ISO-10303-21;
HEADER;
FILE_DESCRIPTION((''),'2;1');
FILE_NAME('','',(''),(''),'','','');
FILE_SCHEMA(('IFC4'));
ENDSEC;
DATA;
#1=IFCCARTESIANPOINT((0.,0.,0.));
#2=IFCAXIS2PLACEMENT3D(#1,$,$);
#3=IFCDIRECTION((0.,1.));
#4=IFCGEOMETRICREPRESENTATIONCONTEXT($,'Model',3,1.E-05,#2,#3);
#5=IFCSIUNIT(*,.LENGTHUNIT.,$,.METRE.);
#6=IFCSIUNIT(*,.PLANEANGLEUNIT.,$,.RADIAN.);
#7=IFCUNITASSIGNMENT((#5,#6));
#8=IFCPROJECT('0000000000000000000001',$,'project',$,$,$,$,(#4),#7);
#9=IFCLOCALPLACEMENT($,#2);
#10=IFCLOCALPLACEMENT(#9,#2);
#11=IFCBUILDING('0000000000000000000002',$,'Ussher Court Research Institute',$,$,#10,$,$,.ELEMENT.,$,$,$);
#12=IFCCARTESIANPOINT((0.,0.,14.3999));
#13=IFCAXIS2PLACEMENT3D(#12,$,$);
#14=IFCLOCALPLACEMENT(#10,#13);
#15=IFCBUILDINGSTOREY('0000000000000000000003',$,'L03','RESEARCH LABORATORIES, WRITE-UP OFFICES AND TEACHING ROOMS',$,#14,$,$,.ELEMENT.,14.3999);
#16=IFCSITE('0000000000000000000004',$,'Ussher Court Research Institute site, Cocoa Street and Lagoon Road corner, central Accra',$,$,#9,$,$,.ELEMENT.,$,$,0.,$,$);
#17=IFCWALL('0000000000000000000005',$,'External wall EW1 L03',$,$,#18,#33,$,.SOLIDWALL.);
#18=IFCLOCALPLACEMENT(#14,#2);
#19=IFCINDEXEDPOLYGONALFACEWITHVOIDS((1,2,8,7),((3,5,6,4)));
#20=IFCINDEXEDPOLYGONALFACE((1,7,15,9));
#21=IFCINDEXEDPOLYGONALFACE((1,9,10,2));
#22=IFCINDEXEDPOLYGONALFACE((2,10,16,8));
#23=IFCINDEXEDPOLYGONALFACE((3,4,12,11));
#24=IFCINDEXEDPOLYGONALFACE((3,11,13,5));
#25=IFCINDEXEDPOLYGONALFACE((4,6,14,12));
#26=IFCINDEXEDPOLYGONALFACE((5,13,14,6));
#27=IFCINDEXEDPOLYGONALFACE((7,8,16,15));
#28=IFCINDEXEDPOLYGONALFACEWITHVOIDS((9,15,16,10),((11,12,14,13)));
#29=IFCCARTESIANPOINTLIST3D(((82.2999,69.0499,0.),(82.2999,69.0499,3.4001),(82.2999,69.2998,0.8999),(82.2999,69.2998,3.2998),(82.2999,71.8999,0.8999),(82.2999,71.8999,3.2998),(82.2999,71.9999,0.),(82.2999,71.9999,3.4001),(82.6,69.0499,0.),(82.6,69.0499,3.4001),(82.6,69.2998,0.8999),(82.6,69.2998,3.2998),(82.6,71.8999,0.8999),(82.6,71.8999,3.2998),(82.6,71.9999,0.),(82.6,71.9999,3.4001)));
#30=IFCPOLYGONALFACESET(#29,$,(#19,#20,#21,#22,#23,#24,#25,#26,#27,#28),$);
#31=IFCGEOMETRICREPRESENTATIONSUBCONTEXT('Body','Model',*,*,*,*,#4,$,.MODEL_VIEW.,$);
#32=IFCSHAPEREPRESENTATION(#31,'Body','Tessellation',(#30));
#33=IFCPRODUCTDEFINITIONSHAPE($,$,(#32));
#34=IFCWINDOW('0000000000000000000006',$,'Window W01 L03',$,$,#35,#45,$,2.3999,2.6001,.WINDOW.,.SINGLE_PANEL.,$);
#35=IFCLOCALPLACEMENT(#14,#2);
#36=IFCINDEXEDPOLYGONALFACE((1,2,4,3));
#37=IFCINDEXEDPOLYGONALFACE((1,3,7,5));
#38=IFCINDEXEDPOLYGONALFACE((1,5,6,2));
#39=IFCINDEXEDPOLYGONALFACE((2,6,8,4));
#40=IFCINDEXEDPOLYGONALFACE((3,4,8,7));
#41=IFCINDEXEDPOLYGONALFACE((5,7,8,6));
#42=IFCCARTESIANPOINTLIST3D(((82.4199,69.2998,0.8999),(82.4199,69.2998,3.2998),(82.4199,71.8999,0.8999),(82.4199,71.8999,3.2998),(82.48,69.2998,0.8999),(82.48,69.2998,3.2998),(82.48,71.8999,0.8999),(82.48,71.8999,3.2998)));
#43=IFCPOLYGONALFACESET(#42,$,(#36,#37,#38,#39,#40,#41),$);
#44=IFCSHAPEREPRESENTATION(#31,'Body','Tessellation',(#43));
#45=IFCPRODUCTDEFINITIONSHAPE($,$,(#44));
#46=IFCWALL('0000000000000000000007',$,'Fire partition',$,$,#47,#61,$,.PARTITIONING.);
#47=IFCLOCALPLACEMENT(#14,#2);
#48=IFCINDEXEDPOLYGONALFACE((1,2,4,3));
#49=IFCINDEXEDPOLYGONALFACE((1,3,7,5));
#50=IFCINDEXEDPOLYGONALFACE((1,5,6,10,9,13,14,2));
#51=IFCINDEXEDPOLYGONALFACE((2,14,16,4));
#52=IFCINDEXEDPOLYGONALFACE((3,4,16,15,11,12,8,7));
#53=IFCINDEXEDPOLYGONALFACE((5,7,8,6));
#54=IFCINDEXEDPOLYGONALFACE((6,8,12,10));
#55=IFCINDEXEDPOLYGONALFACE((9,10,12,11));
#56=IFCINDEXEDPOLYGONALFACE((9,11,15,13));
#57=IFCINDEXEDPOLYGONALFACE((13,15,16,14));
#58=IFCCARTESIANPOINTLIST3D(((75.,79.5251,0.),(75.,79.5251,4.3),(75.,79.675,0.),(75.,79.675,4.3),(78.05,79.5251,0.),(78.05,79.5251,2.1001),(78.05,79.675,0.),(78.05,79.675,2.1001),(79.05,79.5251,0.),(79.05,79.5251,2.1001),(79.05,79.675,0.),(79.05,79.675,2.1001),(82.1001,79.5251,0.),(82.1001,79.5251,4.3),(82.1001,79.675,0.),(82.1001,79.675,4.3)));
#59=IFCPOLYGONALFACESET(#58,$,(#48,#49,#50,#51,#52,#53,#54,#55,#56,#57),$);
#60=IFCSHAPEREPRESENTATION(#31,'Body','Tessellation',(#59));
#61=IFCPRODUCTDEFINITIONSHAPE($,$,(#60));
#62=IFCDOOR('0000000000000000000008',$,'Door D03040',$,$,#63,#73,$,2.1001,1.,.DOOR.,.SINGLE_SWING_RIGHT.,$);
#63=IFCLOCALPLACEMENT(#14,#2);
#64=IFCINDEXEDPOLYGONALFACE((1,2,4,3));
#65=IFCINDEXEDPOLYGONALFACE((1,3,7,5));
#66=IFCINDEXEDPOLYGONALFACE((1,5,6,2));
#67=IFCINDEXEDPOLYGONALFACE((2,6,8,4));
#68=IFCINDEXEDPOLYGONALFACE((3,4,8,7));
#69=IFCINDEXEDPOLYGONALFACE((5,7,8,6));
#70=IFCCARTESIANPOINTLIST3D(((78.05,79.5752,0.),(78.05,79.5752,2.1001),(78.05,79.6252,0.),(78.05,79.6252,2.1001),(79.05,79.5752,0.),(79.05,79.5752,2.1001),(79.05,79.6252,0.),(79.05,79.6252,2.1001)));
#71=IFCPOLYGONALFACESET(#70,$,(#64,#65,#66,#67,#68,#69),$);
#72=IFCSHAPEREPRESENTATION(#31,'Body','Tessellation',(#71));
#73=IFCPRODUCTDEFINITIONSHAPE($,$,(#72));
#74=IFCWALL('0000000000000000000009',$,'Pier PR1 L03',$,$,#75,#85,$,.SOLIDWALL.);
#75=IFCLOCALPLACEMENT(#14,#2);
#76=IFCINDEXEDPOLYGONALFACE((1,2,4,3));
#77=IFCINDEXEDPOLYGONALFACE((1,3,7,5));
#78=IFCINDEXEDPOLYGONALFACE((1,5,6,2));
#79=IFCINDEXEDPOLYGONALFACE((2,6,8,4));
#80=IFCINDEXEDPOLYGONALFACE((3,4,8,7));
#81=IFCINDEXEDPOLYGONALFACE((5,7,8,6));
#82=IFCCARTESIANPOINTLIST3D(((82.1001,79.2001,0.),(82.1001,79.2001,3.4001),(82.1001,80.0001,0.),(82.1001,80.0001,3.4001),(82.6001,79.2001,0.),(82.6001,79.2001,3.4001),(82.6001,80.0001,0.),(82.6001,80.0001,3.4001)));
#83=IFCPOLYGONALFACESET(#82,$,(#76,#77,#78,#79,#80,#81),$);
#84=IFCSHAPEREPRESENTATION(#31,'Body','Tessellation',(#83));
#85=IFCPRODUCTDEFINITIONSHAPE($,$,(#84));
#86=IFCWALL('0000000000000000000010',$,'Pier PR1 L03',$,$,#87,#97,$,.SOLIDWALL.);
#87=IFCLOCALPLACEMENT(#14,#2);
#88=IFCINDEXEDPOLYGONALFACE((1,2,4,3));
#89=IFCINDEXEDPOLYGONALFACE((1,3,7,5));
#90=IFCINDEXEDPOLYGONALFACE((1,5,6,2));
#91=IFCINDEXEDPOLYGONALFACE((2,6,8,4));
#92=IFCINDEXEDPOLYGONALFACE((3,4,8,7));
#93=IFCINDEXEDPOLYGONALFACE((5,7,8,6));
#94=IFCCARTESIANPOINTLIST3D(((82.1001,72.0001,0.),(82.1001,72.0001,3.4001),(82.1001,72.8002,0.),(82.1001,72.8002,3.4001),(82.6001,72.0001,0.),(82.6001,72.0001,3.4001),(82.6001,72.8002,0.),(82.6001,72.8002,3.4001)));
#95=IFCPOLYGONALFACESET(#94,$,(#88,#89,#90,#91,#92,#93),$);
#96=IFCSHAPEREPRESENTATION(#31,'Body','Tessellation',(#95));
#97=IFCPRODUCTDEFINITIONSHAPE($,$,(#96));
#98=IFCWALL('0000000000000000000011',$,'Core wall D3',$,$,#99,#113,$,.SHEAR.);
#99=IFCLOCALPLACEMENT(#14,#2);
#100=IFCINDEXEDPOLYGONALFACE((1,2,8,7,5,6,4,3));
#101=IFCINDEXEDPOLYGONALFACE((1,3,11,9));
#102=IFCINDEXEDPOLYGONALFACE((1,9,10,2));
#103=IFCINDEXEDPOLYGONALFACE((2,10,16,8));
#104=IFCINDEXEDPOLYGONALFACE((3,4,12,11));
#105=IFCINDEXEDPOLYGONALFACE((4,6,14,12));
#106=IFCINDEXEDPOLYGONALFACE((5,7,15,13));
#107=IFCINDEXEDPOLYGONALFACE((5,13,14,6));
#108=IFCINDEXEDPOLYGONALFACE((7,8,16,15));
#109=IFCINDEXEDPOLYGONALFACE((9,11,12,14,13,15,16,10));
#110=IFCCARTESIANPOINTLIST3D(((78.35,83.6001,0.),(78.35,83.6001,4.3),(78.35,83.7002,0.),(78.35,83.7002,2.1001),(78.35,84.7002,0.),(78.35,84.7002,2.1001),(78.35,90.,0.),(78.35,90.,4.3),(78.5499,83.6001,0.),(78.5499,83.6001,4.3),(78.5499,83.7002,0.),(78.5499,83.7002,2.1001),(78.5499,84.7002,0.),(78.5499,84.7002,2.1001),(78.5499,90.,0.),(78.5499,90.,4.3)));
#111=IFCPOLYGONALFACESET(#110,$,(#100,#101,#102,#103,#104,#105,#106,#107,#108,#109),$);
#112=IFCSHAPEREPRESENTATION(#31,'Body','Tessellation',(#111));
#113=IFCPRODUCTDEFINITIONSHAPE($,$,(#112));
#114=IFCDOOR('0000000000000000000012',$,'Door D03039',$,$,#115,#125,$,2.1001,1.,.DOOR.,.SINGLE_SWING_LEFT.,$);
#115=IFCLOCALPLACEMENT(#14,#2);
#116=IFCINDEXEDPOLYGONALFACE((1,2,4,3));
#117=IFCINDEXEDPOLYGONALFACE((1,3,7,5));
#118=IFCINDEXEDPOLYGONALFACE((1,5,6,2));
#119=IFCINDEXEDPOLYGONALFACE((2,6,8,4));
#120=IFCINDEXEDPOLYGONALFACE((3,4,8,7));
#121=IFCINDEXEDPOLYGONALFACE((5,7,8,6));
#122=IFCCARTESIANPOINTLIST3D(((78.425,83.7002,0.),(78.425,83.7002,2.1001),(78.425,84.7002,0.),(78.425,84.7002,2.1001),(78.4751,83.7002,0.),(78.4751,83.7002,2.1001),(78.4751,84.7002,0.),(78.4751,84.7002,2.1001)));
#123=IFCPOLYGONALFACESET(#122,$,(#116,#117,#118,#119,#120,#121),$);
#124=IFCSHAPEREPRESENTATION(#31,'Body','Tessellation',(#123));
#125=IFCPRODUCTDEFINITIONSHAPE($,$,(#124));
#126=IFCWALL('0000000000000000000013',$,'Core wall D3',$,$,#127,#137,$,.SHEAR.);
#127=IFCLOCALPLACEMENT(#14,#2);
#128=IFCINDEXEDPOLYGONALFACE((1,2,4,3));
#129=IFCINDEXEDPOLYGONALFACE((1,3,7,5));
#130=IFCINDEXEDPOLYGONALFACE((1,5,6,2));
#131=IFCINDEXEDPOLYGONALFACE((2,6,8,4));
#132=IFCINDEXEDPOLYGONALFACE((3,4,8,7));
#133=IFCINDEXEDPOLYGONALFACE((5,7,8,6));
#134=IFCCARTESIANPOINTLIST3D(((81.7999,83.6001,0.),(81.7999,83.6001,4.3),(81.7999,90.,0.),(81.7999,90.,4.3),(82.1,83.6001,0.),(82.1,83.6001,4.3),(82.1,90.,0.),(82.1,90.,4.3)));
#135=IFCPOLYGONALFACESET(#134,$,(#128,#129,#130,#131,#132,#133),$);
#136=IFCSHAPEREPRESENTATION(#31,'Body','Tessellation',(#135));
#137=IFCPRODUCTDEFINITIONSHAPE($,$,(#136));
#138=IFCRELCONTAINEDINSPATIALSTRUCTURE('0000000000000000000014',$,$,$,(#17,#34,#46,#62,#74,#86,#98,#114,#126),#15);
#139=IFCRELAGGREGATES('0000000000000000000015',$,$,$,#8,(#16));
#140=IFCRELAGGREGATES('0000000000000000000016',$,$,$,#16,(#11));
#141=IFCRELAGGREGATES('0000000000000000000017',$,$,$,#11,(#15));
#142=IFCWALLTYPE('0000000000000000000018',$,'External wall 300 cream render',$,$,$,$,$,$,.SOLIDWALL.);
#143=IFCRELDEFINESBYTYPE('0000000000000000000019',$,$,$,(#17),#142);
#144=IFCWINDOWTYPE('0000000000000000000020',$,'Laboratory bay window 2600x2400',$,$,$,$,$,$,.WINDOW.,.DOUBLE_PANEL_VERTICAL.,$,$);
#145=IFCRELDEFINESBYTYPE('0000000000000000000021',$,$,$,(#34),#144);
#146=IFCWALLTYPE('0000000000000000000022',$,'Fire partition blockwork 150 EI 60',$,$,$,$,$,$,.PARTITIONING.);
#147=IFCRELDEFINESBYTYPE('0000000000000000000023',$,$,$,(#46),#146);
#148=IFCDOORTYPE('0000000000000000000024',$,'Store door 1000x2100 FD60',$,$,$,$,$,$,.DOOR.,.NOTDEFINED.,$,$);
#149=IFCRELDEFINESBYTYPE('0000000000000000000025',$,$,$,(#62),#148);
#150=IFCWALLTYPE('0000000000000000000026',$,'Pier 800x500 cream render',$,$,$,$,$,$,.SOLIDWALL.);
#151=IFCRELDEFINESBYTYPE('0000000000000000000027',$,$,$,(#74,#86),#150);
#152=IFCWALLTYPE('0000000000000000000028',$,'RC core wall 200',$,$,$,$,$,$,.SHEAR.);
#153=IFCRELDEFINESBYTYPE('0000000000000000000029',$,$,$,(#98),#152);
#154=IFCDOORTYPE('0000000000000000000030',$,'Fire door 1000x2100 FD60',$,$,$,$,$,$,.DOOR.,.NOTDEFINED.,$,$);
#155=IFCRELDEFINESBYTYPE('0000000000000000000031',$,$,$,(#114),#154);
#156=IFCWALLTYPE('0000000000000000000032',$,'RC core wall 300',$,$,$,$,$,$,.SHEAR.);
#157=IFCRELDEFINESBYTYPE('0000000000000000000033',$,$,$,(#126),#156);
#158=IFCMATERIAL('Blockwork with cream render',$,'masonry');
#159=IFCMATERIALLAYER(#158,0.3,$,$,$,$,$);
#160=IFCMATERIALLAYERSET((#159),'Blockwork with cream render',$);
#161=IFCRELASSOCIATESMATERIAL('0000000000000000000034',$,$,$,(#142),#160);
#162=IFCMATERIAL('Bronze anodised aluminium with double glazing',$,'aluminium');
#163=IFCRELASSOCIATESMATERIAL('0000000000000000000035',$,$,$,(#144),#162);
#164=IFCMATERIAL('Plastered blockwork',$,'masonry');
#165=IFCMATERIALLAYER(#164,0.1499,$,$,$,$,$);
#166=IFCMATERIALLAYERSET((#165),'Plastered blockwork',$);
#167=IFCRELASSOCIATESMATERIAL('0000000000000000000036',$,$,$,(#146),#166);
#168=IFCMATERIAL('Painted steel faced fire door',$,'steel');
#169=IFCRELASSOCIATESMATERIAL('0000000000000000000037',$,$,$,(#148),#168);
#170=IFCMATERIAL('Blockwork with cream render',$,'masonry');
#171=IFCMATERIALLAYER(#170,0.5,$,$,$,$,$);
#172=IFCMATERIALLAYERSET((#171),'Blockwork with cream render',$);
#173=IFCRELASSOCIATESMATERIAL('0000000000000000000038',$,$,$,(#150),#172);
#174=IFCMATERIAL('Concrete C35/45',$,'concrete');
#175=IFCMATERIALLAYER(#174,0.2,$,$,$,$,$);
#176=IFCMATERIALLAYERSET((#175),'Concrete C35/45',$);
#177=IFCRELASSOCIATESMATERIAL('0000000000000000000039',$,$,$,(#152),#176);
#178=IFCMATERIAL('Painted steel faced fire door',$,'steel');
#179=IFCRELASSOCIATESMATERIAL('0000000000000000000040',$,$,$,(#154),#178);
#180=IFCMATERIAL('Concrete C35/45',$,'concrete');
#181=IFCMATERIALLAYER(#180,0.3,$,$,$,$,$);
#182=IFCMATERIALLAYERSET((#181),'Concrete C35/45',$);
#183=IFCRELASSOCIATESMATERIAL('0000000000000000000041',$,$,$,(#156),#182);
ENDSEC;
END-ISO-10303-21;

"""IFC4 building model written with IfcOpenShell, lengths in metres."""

from ifc_helpers import new_model, si_unit, direction, frame, frame_2d, origin, place, context, subcontext, project, spatial, rectangle, extrude, material, layer, layer_set, type_object, element, fill, save


model = new_model("IFC4")

# Units and contexts
model_context = context("Model", 3, precision=1e-05, world=origin(), true_north=direction((0.0, 1.0)))
body_context = subcontext(model_context, "Body", "Model", "MODEL_VIEW")
ifc_project = project(units=[si_unit("LENGTHUNIT", "METRE"), si_unit("PLANEANGLEUNIT", "RADIAN")], contexts=[model_context])

# Site, building, storey
site_placement = place(None, origin())
site = spatial("IfcSite", under=ifc_project, at=site_placement, Name="Ussher Court Research Institute site, Cocoa Street and Lagoon Road corner, central Accra", CompositionType="ELEMENT", RefElevation=0.0)
building_placement = place(site_placement, origin())
building = spatial("IfcBuilding", under=site, at=building_placement, Name="Ussher Court Research Institute", CompositionType="ELEMENT")
storey_placement = place(building_placement, frame((0.0, 0.0, 14.3999)))
storey = spatial("IfcBuildingStorey", under=building, at=storey_placement, Name="L03", Description="RESEARCH LABORATORIES, WRITE-UP OFFICES AND TEACHING ROOMS", CompositionType="ELEMENT", Elevation=14.3999)

# Wall, opening, window
ifc_material_1 = material(Name="Blockwork with cream render", Category="masonry")
ifc_layer_1 = layer(ifc_material_1, 0.3)
ifc_layer_set_1 = layer_set([ifc_layer_1], Name="Blockwork with cream render")
wall_type_1 = type_object("IfcWallType", Name="External wall 300 cream render", PredefinedType="SOLIDWALL", material=ifc_layer_set_1)
ifc_material_2 = material(Name="Bronze anodised aluminium with double glazing", Category="aluminium")
window_type = type_object("IfcWindowType", Name="Laboratory bay window 2600x2400", PartitioningType="DOUBLE_PANEL_VERTICAL", PredefinedType="WINDOW", material=ifc_material_2)
wall_1_placement = place(storey_placement, frame((82.45, 72.0, 0.0), z_axis=(0.0, 0.0, 1.0), x_axis=(0.0, -1.0, 0.0)))
wall_1 = element("IfcWall", 1, at=wall_1_placement, inside=storey, type_object=wall_type_1, Name="External wall EW1 L03", PredefinedType="SOLIDWALL", context=body_context, shape_type="SweptSolid", body=[
    extrude(rectangle(XDim=2.95, YDim=0.3, at=frame_2d((1.4751, 0.0))), origin(), (0.0, 0.0, 1.0), 3.4001),
])
opening_1_placement = place(wall_1_placement, frame((0.1001, 0.0, 0.8999)))
opening_1 = element("IfcOpeningElement", 2, at=opening_1_placement, cuts=wall_1, PredefinedType="OPENING", context=body_context, shape_type="SweptSolid", body=[
    extrude(rectangle(XDim=2.6001, YDim=2.3999, at=frame_2d((1.3, 1.2))), frame((0.0, 0.1602, 0.0), z_axis=(0.0, -1.0, 0.0), x_axis=(1.0, 0.0, 0.0)), (0.0, 0.0, 1.0), 0.3201),
])
window_1_placement = place(opening_1_placement, origin())
window_1 = element("IfcWindow", 3, at=window_1_placement, inside=storey, type_object=window_type, Name="Window W01 L03", OverallHeight=2.3999, OverallWidth=2.6001, PartitioningType="SINGLE_PANEL", PredefinedType="WINDOW", context=body_context, shape_type="SweptSolid", body=[
    extrude(rectangle(XDim=2.6001, YDim=2.3999, at=frame_2d((1.3, 1.2))), frame((0.0, 0.03, 0.0), z_axis=(0.0, -1.0, 0.0), x_axis=(1.0, 0.0, 0.0)), (0.0, 0.0, 1.0), 0.0601),
])
fill(opening_1, window_1)

# Wall, opening, door
ifc_material_3 = material(Name="Plastered blockwork", Category="masonry")
ifc_layer_2 = layer(ifc_material_3, 0.1499)
ifc_layer_set_2 = layer_set([ifc_layer_2], Name="Plastered blockwork")
wall_type_2 = type_object("IfcWallType", Name="Fire partition blockwork 150 EI 60", PredefinedType="PARTITIONING", material=ifc_layer_set_2)
wall_2_placement = place(storey_placement, frame((82.1001, 79.6001, 0.0), z_axis=(0.0, 0.0, 1.0), x_axis=(-1.0, 0.0, 0.0)))
wall_2 = element("IfcWall", 4, at=wall_2_placement, inside=storey, type_object=wall_type_2, Name="Fire partition", PredefinedType="PARTITIONING", context=body_context, shape_type="SweptSolid", body=[
    extrude(rectangle(XDim=7.1001, YDim=0.1499, at=frame_2d((3.55, 0.0))), origin(), (0.0, 0.0, 1.0), 4.3),
])
opening_2_placement = place(wall_2_placement, frame((3.05, 0.0, 0.0)))
opening_2 = element("IfcOpeningElement", 5, at=opening_2_placement, cuts=wall_2, PredefinedType="OPENING", context=body_context, shape_type="SweptSolid", body=[
    extrude(rectangle(XDim=1.0, YDim=2.1001, at=frame_2d((0.5, 1.05))), frame((0.0, 0.085, 0.0), z_axis=(0.0, -1.0, 0.0), x_axis=(1.0, 0.0, 0.0)), (0.0, 0.0, 1.0), 0.1699),
])
ifc_material_4 = material(Name="Painted steel faced fire door", Category="steel")
door_type_1 = type_object("IfcDoorType", Name="Store door 1000x2100 FD60", OperationType="NOTDEFINED", PredefinedType="DOOR", material=ifc_material_4)
door_1_placement = place(opening_2_placement, origin())
door_1 = element("IfcDoor", 6, at=door_1_placement, inside=storey, type_object=door_type_1, Name="Door D03040", OperationType="SINGLE_SWING_RIGHT", OverallHeight=2.1001, OverallWidth=1.0, PredefinedType="DOOR", context=body_context, shape_type="SweptSolid", body=[
    extrude(rectangle(XDim=1.0, YDim=2.1001, at=frame_2d((0.5, 1.05))), frame((0.0, 0.0249, 0.0), z_axis=(0.0, -1.0, 0.0), x_axis=(1.0, 0.0, 0.0)), (0.0, 0.0, 1.0), 0.05),
])
fill(opening_2, door_1)

# Walls
ifc_material_5 = material(Name="Blockwork with cream render", Category="masonry")
ifc_layer_3 = layer(ifc_material_5, 0.5)
ifc_layer_set_3 = layer_set([ifc_layer_3], Name="Blockwork with cream render")
wall_type_3 = type_object("IfcWallType", Name="Pier 800x500 cream render", PredefinedType="SOLIDWALL", material=ifc_layer_set_3)
for number, where, z_axis, x_axis, name in (
    (7, (82.3501, 80.0, 0.0), (0.0, 0.0, 1.0), (0.0, -1.0, 0.0), "Pier PR1 L03"),
    (8, (82.3501, 72.8, 0.0), (0.0, 0.0, 1.0), (0.0, -1.0, 0.0), "Pier PR1 L03"),
):
    element("IfcWall", number, at=place(storey_placement, frame(where, z_axis=z_axis, x_axis=x_axis)), inside=storey, type_object=wall_type_3, Name=name, PredefinedType="SOLIDWALL", context=body_context, shape_type="SweptSolid", body=[
        extrude(rectangle(XDim=0.8, YDim=0.5, at=frame_2d((0.3999, 0.0))), origin(), (0.0, 0.0, 1.0), 3.4001),
    ])

# Wall, opening, door
ifc_material_6 = material(Name="Concrete C35/45", Category="concrete")
ifc_layer_4 = layer(ifc_material_6, 0.2)
ifc_layer_set_4 = layer_set([ifc_layer_4], Name="Concrete C35/45")
wall_type_4 = type_object("IfcWallType", Name="RC core wall 200", PredefinedType="SHEAR", material=ifc_layer_set_4)
wall_3_placement = place(storey_placement, frame((78.45, 83.6001, 0.0), z_axis=(0.0, 0.0, 1.0), x_axis=(0.0, 1.0, 0.0)))
wall_3 = element("IfcWall", 9, at=wall_3_placement, inside=storey, type_object=wall_type_4, Name="Core wall D3", PredefinedType="SHEAR", context=body_context, shape_type="SweptSolid", body=[
    extrude(rectangle(XDim=6.3999, YDim=0.2, at=frame_2d((3.2, 0.0))), origin(), (0.0, 0.0, 1.0), 4.3),
])
opening_3_placement = place(wall_3_placement, frame((0.1001, 0.0, 0.0)))
opening_3 = element("IfcOpeningElement", 10, at=opening_3_placement, cuts=wall_3, PredefinedType="OPENING", context=body_context, shape_type="SweptSolid", body=[
    extrude(rectangle(XDim=1.0, YDim=2.1001, at=frame_2d((0.5, 1.05))), frame((0.0, 0.1099, 0.0), z_axis=(0.0, -1.0, 0.0), x_axis=(1.0, 0.0, 0.0)), (0.0, 0.0, 1.0), 0.22),
])
ifc_material_7 = material(Name="Painted steel faced fire door", Category="steel")
door_type_2 = type_object("IfcDoorType", Name="Fire door 1000x2100 FD60", OperationType="NOTDEFINED", PredefinedType="DOOR", material=ifc_material_7)
door_2_placement = place(opening_3_placement, origin())
door_2 = element("IfcDoor", 11, at=door_2_placement, inside=storey, type_object=door_type_2, Name="Door D03039", OperationType="SINGLE_SWING_LEFT", OverallHeight=2.1001, OverallWidth=1.0, PredefinedType="DOOR", context=body_context, shape_type="SweptSolid", body=[
    extrude(rectangle(XDim=1.0, YDim=2.1001, at=frame_2d((0.5, 1.05))), frame((0.0, 0.0249, 0.0), z_axis=(0.0, -1.0, 0.0), x_axis=(1.0, 0.0, 0.0)), (0.0, 0.0, 1.0), 0.05),
])
fill(opening_3, door_2)

# Wall
ifc_material_8 = material(Name="Concrete C35/45", Category="concrete")
ifc_layer_5 = layer(ifc_material_8, 0.3)
ifc_layer_set_5 = layer_set([ifc_layer_5], Name="Concrete C35/45")
wall_type_5 = type_object("IfcWallType", Name="RC core wall 300", PredefinedType="SHEAR", material=ifc_layer_set_5)
wall_4_placement = place(storey_placement, frame((81.95, 83.6001, 0.0), z_axis=(0.0, 0.0, 1.0), x_axis=(0.0, 1.0, 0.0)))
element("IfcWall", 12, at=wall_4_placement, inside=storey, type_object=wall_type_5, Name="Core wall D3", PredefinedType="SHEAR", context=body_context, shape_type="SweptSolid", body=[
    extrude(rectangle(XDim=6.3999, YDim=0.3, at=frame_2d((3.2, 0.0))), origin(), (0.0, 0.0, 1.0), 4.3),
])

save(model, "model.ifc")
